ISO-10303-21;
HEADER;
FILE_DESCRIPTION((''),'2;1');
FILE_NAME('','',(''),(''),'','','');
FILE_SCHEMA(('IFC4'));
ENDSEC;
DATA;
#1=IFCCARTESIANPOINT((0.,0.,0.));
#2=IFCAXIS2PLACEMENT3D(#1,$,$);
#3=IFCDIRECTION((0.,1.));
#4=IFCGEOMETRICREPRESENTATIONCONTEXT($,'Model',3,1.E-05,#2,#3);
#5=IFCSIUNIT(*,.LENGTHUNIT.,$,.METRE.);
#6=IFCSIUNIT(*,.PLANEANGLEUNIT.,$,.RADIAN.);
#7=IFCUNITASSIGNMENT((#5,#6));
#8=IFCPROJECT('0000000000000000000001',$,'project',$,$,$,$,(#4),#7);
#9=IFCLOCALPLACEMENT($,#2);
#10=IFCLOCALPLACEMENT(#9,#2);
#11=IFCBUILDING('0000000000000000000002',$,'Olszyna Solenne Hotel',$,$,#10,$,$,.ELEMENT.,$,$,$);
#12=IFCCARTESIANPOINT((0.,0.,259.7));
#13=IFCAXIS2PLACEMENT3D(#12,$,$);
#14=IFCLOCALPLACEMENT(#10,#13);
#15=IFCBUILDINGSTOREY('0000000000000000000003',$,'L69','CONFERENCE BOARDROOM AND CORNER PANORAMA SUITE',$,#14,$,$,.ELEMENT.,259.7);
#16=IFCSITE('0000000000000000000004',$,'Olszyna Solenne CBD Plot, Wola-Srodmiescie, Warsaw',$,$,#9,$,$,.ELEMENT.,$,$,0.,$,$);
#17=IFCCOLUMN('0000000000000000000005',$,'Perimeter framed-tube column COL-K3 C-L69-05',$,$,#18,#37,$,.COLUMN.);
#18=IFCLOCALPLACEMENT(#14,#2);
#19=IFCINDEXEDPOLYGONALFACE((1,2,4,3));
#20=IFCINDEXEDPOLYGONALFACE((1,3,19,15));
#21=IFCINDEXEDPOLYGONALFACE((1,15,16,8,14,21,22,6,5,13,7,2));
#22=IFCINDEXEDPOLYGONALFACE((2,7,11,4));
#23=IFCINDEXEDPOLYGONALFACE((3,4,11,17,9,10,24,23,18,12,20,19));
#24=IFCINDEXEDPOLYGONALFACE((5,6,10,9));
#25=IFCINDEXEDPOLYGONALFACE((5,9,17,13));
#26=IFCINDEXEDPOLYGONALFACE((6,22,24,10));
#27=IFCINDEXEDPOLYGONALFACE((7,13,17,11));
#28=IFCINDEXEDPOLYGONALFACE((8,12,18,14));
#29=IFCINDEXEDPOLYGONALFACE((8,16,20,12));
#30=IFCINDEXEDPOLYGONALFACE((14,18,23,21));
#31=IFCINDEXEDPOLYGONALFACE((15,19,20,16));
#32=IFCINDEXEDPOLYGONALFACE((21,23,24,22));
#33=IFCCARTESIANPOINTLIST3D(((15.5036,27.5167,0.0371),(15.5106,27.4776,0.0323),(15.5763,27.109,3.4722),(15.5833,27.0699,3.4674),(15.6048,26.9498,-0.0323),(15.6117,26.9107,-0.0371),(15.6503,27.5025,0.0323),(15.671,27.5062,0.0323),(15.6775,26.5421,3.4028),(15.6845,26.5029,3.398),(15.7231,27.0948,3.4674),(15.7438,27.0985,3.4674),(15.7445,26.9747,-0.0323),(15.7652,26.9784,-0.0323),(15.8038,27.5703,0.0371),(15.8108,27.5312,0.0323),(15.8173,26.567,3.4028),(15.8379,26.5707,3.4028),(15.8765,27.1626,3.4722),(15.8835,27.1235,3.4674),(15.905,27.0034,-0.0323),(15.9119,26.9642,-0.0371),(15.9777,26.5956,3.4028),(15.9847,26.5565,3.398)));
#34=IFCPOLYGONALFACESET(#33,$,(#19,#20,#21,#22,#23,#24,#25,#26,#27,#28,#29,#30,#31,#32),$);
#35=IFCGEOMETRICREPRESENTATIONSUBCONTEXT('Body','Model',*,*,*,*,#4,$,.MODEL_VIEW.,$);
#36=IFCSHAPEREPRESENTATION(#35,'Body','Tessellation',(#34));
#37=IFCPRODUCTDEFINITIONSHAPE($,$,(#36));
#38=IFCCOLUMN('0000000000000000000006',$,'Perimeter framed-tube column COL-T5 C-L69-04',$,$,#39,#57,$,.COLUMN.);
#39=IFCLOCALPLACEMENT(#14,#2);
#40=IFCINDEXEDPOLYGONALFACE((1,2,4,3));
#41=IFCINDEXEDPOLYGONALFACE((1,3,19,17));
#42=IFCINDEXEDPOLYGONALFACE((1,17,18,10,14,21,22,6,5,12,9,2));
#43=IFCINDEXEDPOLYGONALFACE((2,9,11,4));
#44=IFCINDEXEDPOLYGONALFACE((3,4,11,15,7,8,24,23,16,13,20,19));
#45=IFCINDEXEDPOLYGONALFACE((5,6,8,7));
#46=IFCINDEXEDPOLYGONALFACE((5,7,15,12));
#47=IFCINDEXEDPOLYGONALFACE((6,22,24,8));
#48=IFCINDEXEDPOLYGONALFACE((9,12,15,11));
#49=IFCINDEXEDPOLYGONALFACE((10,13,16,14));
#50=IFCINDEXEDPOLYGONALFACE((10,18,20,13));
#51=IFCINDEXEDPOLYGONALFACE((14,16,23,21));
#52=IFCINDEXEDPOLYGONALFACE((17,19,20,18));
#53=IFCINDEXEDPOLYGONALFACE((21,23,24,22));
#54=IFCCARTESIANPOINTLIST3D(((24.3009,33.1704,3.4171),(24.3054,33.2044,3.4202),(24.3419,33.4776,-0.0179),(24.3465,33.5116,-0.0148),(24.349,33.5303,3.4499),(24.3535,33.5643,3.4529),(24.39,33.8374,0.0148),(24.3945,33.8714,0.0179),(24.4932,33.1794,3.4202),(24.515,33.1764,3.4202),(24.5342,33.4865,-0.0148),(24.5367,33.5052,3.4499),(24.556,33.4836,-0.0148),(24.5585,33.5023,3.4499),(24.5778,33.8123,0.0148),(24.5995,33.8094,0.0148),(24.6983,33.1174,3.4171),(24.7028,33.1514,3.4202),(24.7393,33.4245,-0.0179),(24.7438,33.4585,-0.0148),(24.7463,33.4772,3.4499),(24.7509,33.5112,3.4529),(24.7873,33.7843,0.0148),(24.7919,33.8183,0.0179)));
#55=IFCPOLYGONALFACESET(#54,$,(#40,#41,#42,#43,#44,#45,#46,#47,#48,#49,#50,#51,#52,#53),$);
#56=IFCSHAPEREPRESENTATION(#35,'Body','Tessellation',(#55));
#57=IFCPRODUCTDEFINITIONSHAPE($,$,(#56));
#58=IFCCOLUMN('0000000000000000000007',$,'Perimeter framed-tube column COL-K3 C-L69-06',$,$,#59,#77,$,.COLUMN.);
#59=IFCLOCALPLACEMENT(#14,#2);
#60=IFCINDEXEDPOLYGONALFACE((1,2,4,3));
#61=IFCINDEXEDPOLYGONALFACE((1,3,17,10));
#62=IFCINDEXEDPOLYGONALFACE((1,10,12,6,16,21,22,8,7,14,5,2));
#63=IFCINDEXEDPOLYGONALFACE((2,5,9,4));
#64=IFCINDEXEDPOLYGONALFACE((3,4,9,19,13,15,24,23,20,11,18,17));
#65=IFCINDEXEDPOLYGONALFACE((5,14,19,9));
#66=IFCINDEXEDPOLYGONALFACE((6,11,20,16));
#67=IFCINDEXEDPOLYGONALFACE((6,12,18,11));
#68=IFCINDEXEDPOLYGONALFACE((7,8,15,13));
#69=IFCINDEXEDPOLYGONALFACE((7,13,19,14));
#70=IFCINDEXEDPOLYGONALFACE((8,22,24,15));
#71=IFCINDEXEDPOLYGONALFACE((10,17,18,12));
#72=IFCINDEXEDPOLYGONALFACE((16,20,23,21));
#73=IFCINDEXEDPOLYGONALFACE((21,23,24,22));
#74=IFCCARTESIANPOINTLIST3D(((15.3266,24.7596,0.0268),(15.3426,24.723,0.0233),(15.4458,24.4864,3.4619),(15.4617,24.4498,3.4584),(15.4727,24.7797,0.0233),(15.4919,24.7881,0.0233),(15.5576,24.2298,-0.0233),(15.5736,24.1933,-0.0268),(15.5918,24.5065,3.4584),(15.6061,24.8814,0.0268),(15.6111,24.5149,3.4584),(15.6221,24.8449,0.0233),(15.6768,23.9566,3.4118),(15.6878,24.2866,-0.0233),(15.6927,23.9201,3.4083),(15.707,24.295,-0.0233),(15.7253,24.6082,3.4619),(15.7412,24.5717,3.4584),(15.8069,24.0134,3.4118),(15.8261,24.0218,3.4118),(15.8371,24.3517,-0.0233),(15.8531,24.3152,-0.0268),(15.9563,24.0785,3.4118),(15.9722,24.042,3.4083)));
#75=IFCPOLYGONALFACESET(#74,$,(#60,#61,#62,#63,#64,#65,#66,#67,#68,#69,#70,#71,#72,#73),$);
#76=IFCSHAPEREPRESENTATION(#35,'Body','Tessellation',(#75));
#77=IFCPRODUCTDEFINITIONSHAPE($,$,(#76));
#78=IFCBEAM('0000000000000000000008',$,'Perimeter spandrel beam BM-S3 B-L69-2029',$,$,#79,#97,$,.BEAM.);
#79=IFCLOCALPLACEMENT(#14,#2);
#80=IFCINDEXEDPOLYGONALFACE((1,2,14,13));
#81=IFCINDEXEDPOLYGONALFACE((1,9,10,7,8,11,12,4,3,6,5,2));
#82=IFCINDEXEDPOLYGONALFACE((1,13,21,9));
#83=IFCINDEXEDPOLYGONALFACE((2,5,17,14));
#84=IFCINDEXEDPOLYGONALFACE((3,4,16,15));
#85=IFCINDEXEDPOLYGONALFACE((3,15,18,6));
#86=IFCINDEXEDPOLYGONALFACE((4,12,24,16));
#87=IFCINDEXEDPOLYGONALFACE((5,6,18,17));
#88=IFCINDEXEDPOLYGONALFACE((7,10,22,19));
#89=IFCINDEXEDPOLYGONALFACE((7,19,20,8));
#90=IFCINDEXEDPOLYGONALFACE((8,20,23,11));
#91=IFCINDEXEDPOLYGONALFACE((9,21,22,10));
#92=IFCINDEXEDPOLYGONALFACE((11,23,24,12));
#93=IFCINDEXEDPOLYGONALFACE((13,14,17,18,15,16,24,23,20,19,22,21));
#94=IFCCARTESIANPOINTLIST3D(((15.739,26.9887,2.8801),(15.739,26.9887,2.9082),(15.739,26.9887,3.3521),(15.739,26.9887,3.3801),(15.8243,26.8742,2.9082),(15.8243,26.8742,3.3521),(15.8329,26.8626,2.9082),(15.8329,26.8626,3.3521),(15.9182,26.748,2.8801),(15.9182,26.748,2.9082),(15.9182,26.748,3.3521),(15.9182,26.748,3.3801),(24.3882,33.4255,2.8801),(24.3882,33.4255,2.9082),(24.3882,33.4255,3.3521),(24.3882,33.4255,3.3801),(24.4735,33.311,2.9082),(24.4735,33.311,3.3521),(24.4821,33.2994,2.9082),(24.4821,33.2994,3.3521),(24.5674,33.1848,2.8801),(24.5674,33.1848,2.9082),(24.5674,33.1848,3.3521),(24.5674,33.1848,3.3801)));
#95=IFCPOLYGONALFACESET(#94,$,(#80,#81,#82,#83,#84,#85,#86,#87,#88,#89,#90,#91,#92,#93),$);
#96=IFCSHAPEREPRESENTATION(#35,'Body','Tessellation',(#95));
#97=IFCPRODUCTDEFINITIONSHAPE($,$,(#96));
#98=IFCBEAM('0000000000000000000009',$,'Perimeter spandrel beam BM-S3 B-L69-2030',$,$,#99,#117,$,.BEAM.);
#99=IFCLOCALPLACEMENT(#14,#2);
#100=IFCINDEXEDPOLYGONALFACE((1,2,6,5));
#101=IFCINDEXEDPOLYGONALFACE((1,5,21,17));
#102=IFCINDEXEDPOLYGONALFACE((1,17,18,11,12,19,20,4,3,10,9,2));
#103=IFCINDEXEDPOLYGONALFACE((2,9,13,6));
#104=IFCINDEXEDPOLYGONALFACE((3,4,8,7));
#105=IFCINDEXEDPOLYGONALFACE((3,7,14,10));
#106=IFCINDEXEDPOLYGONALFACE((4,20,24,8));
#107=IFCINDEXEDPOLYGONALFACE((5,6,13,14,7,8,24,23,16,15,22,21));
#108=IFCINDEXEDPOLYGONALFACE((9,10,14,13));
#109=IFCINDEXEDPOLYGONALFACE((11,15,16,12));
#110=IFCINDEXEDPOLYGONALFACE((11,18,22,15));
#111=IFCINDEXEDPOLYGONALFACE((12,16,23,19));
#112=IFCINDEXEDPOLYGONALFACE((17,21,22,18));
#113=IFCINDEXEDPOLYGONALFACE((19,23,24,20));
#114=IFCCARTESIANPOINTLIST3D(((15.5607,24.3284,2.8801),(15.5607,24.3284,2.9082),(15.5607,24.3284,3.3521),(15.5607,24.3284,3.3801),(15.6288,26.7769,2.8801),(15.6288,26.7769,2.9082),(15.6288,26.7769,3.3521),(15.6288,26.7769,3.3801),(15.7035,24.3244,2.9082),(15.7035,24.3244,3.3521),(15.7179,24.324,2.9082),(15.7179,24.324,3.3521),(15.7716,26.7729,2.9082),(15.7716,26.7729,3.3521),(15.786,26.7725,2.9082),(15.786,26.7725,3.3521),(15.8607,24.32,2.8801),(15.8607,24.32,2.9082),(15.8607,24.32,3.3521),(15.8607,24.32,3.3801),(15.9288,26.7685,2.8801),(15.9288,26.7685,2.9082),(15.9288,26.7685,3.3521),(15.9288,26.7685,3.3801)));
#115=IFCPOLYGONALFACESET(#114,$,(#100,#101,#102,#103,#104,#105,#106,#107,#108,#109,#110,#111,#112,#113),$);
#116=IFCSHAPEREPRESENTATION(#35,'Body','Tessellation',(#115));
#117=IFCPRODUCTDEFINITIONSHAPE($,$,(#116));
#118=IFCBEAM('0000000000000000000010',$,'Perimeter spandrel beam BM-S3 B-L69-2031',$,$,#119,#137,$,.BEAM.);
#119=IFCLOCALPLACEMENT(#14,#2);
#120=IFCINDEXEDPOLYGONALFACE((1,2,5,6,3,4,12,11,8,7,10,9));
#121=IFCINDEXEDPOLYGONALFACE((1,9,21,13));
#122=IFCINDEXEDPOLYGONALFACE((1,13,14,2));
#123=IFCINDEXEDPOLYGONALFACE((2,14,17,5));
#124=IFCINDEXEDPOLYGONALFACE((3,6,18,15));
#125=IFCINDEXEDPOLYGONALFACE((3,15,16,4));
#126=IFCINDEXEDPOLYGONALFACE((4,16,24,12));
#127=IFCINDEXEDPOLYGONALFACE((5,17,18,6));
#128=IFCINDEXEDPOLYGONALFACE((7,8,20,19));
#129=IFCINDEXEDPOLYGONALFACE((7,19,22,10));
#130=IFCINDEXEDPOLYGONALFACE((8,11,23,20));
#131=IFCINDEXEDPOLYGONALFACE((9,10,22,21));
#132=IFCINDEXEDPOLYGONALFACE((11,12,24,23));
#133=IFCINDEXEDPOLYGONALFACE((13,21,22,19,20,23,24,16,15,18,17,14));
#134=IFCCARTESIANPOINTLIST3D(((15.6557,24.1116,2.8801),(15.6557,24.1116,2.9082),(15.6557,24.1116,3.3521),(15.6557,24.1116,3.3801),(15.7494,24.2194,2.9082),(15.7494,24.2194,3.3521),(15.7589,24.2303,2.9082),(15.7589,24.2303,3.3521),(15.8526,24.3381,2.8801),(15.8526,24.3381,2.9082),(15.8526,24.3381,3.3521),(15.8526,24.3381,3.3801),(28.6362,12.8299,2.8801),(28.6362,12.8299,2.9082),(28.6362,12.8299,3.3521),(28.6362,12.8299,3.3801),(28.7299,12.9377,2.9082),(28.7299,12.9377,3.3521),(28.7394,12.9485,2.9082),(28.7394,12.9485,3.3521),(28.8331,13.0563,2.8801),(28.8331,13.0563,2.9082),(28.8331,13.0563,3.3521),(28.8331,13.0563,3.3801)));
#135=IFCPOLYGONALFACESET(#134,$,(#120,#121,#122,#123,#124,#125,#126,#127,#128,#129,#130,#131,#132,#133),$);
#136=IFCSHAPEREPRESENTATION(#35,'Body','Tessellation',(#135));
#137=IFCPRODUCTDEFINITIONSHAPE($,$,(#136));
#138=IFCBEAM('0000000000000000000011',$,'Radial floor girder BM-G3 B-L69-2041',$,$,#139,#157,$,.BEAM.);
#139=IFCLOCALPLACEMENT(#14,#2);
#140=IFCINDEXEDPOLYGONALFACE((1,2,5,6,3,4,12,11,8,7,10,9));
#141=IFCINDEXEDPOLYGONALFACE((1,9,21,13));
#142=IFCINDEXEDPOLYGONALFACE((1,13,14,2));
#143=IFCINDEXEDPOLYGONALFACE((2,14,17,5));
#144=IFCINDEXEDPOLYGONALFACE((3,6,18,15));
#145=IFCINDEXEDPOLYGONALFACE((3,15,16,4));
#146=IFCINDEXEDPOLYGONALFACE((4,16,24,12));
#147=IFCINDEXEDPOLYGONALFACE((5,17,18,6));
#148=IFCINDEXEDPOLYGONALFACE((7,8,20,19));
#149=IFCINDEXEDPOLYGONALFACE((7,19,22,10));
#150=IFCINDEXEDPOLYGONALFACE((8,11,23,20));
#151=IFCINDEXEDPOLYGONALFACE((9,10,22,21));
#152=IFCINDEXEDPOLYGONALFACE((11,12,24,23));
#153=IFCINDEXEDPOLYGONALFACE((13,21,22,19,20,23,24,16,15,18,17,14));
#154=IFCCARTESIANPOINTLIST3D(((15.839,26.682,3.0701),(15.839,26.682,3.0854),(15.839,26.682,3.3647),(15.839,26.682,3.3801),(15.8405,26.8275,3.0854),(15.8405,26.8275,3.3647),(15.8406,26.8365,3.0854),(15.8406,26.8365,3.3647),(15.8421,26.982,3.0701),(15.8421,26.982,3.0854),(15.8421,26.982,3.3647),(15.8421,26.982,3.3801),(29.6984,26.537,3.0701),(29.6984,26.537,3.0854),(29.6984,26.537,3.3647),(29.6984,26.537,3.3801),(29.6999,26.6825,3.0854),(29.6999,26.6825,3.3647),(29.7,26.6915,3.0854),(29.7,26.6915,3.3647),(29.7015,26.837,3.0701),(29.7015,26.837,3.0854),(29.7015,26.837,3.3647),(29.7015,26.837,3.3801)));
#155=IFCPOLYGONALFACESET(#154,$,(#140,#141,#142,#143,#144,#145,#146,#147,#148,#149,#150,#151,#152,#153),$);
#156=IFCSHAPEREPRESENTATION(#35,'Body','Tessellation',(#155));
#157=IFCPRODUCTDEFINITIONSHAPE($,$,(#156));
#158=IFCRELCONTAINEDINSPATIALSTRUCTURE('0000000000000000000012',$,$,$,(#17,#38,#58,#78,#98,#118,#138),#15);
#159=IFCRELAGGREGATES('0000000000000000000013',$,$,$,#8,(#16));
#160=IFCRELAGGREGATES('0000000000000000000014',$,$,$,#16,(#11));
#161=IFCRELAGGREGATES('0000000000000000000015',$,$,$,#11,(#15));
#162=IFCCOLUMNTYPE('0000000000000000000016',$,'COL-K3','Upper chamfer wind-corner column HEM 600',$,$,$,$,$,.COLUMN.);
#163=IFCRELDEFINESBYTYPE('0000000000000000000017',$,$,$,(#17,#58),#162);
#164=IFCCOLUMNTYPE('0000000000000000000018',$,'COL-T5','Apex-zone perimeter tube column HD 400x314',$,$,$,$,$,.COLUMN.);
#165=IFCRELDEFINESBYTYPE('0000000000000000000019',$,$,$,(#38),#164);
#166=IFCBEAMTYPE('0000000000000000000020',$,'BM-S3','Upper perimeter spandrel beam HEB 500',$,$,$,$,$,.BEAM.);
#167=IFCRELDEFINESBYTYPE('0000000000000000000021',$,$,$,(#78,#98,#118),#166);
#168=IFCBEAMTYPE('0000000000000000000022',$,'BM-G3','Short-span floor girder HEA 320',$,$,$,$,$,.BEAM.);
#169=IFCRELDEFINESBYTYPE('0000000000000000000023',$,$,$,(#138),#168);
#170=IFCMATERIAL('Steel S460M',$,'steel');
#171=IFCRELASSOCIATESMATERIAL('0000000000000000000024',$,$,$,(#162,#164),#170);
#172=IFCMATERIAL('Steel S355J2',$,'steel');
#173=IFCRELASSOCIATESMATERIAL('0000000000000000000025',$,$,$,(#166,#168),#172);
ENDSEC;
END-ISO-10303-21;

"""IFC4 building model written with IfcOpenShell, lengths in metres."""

from ifc_helpers import new_model, si_unit, direction, frame, origin, origin_2d, place, context, subcontext, project, spatial, i_section, extrude, source, transform, mapped, material, material_profile, profile_set, type_object, element, save


model = new_model("IFC4")

# Units and contexts
model_context = context("Model", 3, precision=1e-05, world=origin(), true_north=direction((0.0, 1.0)))
body_context = subcontext(model_context, "Body", "Model", "MODEL_VIEW")
ifc_project = project(units=[si_unit("LENGTHUNIT", "METRE"), si_unit("PLANEANGLEUNIT", "RADIAN")], contexts=[model_context])

# Site, building, storey
site_placement = place(None, origin())
site = spatial("IfcSite", under=ifc_project, at=site_placement, Name="Olszyna Solenne CBD Plot, Wola-Srodmiescie, Warsaw", CompositionType="ELEMENT", RefElevation=0.0)
building_placement = place(site_placement, origin())
building = spatial("IfcBuilding", under=site, at=building_placement, Name="Olszyna Solenne Hotel", CompositionType="ELEMENT")
storey_placement = place(building_placement, frame((0.0, 0.0, 259.7)))
storey = spatial("IfcBuildingStorey", under=building, at=storey_placement, Name="L69", Description="CONFERENCE BOARDROOM AND CORNER PANORAMA SUITE", CompositionType="ELEMENT", Elevation=259.7)

# Columns
ifc_material_1 = material(Name="Steel S460M", Category="steel")
ifc_material_profile_1 = material_profile(ifc_material_1, i_section(OverallWidth=0.3049, OverallDepth=0.6201, WebThickness=0.021, FlangeThickness=0.04, at=origin_2d()), Name="HEM 600", Category="load-bearing")
ifc_profile_set_1 = profile_set([ifc_material_profile_1], Name="Steel S460M")
column_type_1 = type_object("IfcColumnType", Name="COL-K3", Description="Upper chamfer wind-corner column HEM 600", PredefinedType="COLUMN", material=ifc_profile_set_1)
shared_shape_1 = source(origin(), body_context, "Body", "SweptSolid", [
    extrude(i_section(OverallWidth=0.3049, OverallDepth=0.6201, WebThickness=0.021, FlangeThickness=0.04, at=origin_2d()), origin(), (0.0, 0.0, 1.0), 3.46),
])
column_1_placement = place(storey_placement, frame((15.7078, 27.2405, 0.0), z_axis=(0.021028, -0.117839, 0.99281), x_axis=(0.984449, 0.175668, 0.0)))
element("IfcColumn", 1, at=column_1_placement, inside=storey, type_object=column_type_1, Name="Perimeter framed-tube column COL-K3 C-L69-05", PredefinedType="COLUMN", context=body_context, shape_type="MappedRepresentation", body=[
    mapped(shared_shape_1, transform((0.0, 0.0, 0.0), x_axis=(1.0, 0.0, 0.0), y_axis=(0.0, 1.0, 0.0), z_axis=(0.0, 0.0, 1.0), scale=1.0)),
])
ifc_material_profile_2 = material_profile(ifc_material_1, i_section(OverallWidth=0.4009, OverallDepth=0.3989, WebThickness=0.022, FlangeThickness=0.0344, at=origin_2d()), Name="HD 400x314", Category="load-bearing")
ifc_profile_set_2 = profile_set([ifc_material_profile_2], Name="Steel S460M")
column_type_2 = type_object("IfcColumnType", Name="COL-T5", Description="Apex-zone perimeter tube column HD 400x314", PredefinedType="COLUMN", material=ifc_profile_set_2)
shared_shape_2 = source(origin(), body_context, "Body", "SweptSolid", [
    extrude(i_section(OverallWidth=0.4009, OverallDepth=0.3989, WebThickness=0.022, FlangeThickness=0.0344, at=origin_2d()), origin(), (0.0, 0.0, 1.0), 3.449),
])
column_2_placement = place(storey_placement, frame((24.5669, 33.6479, 0.0), z_axis=(-0.011892, -0.089049, 0.995956), x_axis=(0.9912, -0.13237, 0.0)))
element("IfcColumn", 2, at=column_2_placement, inside=storey, type_object=column_type_2, Name="Perimeter framed-tube column COL-T5 C-L69-04", PredefinedType="COLUMN", context=body_context, shape_type="MappedRepresentation", body=[
    mapped(shared_shape_2, transform((0.0, 0.0, 0.0), x_axis=(1.0, 0.0, 0.0), y_axis=(0.0, 1.0, 0.0), z_axis=(0.0, 0.0, 1.0), scale=1.0)),
])
shared_shape_3 = source(origin(), body_context, "Body", "SweptSolid", [
    extrude(i_section(OverallWidth=0.3049, OverallDepth=0.6201, WebThickness=0.021, FlangeThickness=0.04, at=origin_2d()), origin(), (0.0, 0.0, 1.0), 3.448),
])
column_3_placement = place(storey_placement, frame((15.5898, 24.5374, 0.0), z_axis=(0.034554, -0.079233, 0.996257), x_axis=(0.916627, 0.399744, 0.0)))
element("IfcColumn", 3, at=column_3_placement, inside=storey, type_object=column_type_1, Name="Perimeter framed-tube column COL-K3 C-L69-06", PredefinedType="COLUMN", context=body_context, shape_type="MappedRepresentation", body=[
    mapped(shared_shape_3, transform((0.0, 0.0, 0.0), x_axis=(1.0, 0.0, 0.0), y_axis=(0.0, 1.0, 0.0), z_axis=(0.0, 0.0, 1.0), scale=1.0)),
])

# Beams
ifc_material_2 = material(Name="Steel S355J2", Category="steel")
ifc_material_profile_3 = material_profile(ifc_material_2, i_section(OverallWidth=0.3, OverallDepth=0.5, WebThickness=0.0144, FlangeThickness=0.0281, at=origin_2d()), Name="HEB 500", Category="load-bearing")
ifc_profile_set_3 = profile_set([ifc_material_profile_3], Name="Steel S355J2")
beam_type_1 = type_object("IfcBeamType", Name="BM-S3", Description="Upper perimeter spandrel beam HEB 500", PredefinedType="BEAM", material=ifc_profile_set_3)
shared_shape_4 = source(origin(), body_context, "Body", "SweptSolid", [
    extrude(i_section(OverallWidth=0.3, OverallDepth=0.5, WebThickness=0.0144, FlangeThickness=0.0281, at=origin_2d()), origin(), (0.0, 0.0, 1.0), 10.7815),
])
beam_1_placement = place(storey_placement, frame((24.4778, 33.3052, 3.1301), z_axis=(-0.802225, -0.597021, 0.0), x_axis=(0.597021, -0.802225, 0.0)))
element("IfcBeam", 4, at=beam_1_placement, inside=storey, type_object=beam_type_1, Name="Perimeter spandrel beam BM-S3 B-L69-2029", PredefinedType="BEAM", context=body_context, shape_type="MappedRepresentation", body=[
    mapped(shared_shape_4, transform((0.0, 0.0, 0.0), x_axis=(1.0, 0.0, 0.0), y_axis=(0.0, 1.0, 0.0), z_axis=(0.0, 0.0, 1.0), scale=1.0)),
])
shared_shape_5 = source(origin(), body_context, "Body", "SweptSolid", [
    extrude(i_section(OverallWidth=0.3, OverallDepth=0.5, WebThickness=0.0144, FlangeThickness=0.0281, at=origin_2d()), origin(), (0.0, 0.0, 1.0), 2.4495),
])
beam_2_placement = place(storey_placement, frame((15.7788, 26.7727, 3.1301), z_axis=(-0.027809, -0.999613, 0.0), x_axis=(0.999613, -0.027809, 0.0)))
element("IfcBeam", 5, at=beam_2_placement, inside=storey, type_object=beam_type_1, Name="Perimeter spandrel beam BM-S3 B-L69-2030", PredefinedType="BEAM", context=body_context, shape_type="MappedRepresentation", body=[
    mapped(shared_shape_5, transform((0.0, 0.0, 0.0), x_axis=(1.0, 0.0, 0.0), y_axis=(0.0, 1.0, 0.0), z_axis=(0.0, 0.0, 1.0), scale=1.0)),
])
shared_shape_6 = source(origin(), body_context, "Body", "SweptSolid", [
    extrude(i_section(OverallWidth=0.3, OverallDepth=0.5, WebThickness=0.0144, FlangeThickness=0.0281, at=origin_2d()), origin(), (0.0, 0.0, 1.0), 17.198),
])
beam_3_placement = place(storey_placement, frame((15.7542, 24.2249, 3.1301), z_axis=(0.754767, -0.655992, 0.0), x_axis=(0.655992, 0.754767, 0.0)))
element("IfcBeam", 6, at=beam_3_placement, inside=storey, type_object=beam_type_1, Name="Perimeter spandrel beam BM-S3 B-L69-2031", PredefinedType="BEAM", context=body_context, shape_type="MappedRepresentation", body=[
    mapped(shared_shape_6, transform((0.0, 0.0, 0.0), x_axis=(1.0, 0.0, 0.0), y_axis=(0.0, 1.0, 0.0), z_axis=(0.0, 0.0, 1.0), scale=1.0)),
])
ifc_material_profile_4 = material_profile(ifc_material_2, i_section(OverallWidth=0.3, OverallDepth=0.3101, WebThickness=0.009, FlangeThickness=0.0154, at=origin_2d()), Name="HEA 320", Category="load-bearing")
ifc_profile_set_4 = profile_set([ifc_material_profile_4], Name="Steel S355J2")
beam_type_2 = type_object("IfcBeamType", Name="BM-G3", Description="Short-span floor girder HEA 320", PredefinedType="BEAM", material=ifc_profile_set_4)
shared_shape_7 = source(origin(), body_context, "Body", "SweptSolid", [
    extrude(i_section(OverallWidth=0.3, OverallDepth=0.3101, WebThickness=0.009, FlangeThickness=0.0154, at=origin_2d()), origin(), (0.0, 0.0, 1.0), 13.8601),
])
beam_4_placement = place(storey_placement, frame((15.8406, 26.832, 3.2251), z_axis=(0.999945, -0.010463, 0.0), x_axis=(0.010463, 0.999945, 0.0)))
element("IfcBeam", 7, at=beam_4_placement, inside=storey, type_object=beam_type_2, Name="Radial floor girder BM-G3 B-L69-2041", PredefinedType="BEAM", context=body_context, shape_type="MappedRepresentation", body=[
    mapped(shared_shape_7, transform((0.0, 0.0, 0.0), x_axis=(1.0, 0.0, 0.0), y_axis=(0.0, 1.0, 0.0), z_axis=(0.0, 0.0, 1.0), scale=1.0)),
])

save(model, "model.ifc")
